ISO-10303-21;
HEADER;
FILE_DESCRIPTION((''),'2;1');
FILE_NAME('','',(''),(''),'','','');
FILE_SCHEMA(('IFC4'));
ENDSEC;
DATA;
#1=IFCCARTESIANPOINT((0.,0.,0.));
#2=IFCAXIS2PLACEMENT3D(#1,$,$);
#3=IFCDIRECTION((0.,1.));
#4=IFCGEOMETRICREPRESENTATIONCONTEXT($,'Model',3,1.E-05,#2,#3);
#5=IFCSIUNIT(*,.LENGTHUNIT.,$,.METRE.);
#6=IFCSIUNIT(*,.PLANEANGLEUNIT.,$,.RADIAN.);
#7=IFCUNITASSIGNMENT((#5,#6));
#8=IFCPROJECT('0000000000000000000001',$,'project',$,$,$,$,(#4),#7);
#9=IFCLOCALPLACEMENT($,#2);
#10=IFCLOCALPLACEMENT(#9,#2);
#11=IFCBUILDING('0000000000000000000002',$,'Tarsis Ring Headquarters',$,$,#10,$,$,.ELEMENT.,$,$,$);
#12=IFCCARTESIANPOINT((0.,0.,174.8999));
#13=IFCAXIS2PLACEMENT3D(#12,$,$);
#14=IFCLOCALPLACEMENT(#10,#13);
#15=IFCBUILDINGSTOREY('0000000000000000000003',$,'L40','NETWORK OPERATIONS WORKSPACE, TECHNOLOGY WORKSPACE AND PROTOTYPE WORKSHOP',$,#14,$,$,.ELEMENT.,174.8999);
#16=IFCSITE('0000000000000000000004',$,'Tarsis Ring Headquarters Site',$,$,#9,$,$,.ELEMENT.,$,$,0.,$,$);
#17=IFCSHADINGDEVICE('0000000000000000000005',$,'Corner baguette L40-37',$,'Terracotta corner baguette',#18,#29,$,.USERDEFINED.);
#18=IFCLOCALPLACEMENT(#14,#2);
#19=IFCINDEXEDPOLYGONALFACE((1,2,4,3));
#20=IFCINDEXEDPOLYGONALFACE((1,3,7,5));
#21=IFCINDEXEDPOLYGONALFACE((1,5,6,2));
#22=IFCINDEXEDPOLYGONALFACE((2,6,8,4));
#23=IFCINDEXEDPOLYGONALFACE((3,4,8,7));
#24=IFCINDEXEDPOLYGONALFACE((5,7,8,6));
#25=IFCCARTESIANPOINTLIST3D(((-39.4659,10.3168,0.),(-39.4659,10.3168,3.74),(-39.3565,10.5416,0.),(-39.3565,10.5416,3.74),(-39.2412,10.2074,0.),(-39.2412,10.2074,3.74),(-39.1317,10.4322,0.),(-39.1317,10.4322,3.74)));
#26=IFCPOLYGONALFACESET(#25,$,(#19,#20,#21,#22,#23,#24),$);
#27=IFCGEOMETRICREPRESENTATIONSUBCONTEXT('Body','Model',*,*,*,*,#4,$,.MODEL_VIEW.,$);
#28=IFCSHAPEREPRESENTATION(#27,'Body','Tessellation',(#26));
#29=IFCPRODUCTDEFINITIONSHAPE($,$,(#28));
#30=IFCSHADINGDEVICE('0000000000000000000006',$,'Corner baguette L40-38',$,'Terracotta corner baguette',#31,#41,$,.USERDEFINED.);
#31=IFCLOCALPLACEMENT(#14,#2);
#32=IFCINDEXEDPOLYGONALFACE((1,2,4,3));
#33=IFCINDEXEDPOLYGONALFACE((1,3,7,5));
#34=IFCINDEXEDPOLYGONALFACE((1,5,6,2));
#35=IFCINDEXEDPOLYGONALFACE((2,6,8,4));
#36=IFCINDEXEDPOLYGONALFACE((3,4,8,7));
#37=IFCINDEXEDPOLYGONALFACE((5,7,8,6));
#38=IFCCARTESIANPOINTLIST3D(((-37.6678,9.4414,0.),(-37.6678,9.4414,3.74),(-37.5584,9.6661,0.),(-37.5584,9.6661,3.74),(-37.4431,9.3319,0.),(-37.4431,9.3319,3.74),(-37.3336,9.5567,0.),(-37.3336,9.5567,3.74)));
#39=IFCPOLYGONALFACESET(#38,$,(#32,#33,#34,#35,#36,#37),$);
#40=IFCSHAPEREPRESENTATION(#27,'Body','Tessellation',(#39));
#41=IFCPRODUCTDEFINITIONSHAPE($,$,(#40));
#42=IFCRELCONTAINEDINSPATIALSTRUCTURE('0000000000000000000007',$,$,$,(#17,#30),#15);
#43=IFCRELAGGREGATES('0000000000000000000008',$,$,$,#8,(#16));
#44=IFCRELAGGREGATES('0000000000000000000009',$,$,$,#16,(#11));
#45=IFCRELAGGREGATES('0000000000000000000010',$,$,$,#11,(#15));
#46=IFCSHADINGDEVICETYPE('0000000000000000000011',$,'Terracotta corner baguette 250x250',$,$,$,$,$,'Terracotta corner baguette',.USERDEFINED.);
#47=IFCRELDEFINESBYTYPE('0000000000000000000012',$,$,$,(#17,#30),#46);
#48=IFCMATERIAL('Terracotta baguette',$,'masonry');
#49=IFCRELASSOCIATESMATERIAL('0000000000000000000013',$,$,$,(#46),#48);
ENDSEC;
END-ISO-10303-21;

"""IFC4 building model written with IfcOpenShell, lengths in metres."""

from ifc_helpers import new_model, si_unit, direction, frame, origin, origin_2d, place, context, subcontext, project, spatial, rectangle, extrude, material, type_object, element, save


model = new_model("IFC4")

# Units and contexts
model_context = context("Model", 3, precision=1e-05, world=origin(), true_north=direction((0.0, 1.0)))
body_context = subcontext(model_context, "Body", "Model", "MODEL_VIEW")
ifc_project = project(units=[si_unit("LENGTHUNIT", "METRE"), si_unit("PLANEANGLEUNIT", "RADIAN")], contexts=[model_context])

# Site, building, storey
site_placement = place(None, origin())
site = spatial("IfcSite", under=ifc_project, at=site_placement, Name="Tarsis Ring Headquarters Site", CompositionType="ELEMENT", RefElevation=0.0)
building_placement = place(site_placement, origin())
building = spatial("IfcBuilding", under=site, at=building_placement, Name="Tarsis Ring Headquarters", CompositionType="ELEMENT")
storey_placement = place(building_placement, frame((0.0, 0.0, 174.8999)))
storey = spatial("IfcBuildingStorey", under=building, at=storey_placement, Name="L40", Description="NETWORK OPERATIONS WORKSPACE, TECHNOLOGY WORKSPACE AND PROTOTYPE WORKSHOP", CompositionType="ELEMENT", Elevation=174.8999)

# Shading devices
ifc_material_1 = material(Name="Terracotta baguette", Category="masonry")
shading_device_type_1 = type_object("IfcShadingDeviceType", Name="Terracotta corner baguette 250x250", ElementType="Terracotta corner baguette", PredefinedType="USERDEFINED", material=ifc_material_1)
for number, where, z_axis, x_axis, name in (
    (1, (-39.2988, 10.3745, 0.0), (0.0, 0.0, 1.0), (-0.437744, -0.8991, 0.0), "Corner baguette L40-37"),
    (2, (-37.5007, 9.499, 0.0), (0.0, 0.0, 1.0), (0.8991, -0.437743, 0.0), "Corner baguette L40-38"),
):
    element("IfcShadingDevice", number, at=place(storey_placement, frame(where, z_axis=z_axis, x_axis=x_axis)), inside=storey, type_object=shading_device_type_1, Name=name, ObjectType="Terracotta corner baguette", PredefinedType="USERDEFINED", context=body_context, shape_type="SweptSolid", body=[
        extrude(rectangle(XDim=0.25, YDim=0.25, at=origin_2d()), origin(), (0.0, 0.0, 1.0), 3.74),
    ])

save(model, "model.ifc")
